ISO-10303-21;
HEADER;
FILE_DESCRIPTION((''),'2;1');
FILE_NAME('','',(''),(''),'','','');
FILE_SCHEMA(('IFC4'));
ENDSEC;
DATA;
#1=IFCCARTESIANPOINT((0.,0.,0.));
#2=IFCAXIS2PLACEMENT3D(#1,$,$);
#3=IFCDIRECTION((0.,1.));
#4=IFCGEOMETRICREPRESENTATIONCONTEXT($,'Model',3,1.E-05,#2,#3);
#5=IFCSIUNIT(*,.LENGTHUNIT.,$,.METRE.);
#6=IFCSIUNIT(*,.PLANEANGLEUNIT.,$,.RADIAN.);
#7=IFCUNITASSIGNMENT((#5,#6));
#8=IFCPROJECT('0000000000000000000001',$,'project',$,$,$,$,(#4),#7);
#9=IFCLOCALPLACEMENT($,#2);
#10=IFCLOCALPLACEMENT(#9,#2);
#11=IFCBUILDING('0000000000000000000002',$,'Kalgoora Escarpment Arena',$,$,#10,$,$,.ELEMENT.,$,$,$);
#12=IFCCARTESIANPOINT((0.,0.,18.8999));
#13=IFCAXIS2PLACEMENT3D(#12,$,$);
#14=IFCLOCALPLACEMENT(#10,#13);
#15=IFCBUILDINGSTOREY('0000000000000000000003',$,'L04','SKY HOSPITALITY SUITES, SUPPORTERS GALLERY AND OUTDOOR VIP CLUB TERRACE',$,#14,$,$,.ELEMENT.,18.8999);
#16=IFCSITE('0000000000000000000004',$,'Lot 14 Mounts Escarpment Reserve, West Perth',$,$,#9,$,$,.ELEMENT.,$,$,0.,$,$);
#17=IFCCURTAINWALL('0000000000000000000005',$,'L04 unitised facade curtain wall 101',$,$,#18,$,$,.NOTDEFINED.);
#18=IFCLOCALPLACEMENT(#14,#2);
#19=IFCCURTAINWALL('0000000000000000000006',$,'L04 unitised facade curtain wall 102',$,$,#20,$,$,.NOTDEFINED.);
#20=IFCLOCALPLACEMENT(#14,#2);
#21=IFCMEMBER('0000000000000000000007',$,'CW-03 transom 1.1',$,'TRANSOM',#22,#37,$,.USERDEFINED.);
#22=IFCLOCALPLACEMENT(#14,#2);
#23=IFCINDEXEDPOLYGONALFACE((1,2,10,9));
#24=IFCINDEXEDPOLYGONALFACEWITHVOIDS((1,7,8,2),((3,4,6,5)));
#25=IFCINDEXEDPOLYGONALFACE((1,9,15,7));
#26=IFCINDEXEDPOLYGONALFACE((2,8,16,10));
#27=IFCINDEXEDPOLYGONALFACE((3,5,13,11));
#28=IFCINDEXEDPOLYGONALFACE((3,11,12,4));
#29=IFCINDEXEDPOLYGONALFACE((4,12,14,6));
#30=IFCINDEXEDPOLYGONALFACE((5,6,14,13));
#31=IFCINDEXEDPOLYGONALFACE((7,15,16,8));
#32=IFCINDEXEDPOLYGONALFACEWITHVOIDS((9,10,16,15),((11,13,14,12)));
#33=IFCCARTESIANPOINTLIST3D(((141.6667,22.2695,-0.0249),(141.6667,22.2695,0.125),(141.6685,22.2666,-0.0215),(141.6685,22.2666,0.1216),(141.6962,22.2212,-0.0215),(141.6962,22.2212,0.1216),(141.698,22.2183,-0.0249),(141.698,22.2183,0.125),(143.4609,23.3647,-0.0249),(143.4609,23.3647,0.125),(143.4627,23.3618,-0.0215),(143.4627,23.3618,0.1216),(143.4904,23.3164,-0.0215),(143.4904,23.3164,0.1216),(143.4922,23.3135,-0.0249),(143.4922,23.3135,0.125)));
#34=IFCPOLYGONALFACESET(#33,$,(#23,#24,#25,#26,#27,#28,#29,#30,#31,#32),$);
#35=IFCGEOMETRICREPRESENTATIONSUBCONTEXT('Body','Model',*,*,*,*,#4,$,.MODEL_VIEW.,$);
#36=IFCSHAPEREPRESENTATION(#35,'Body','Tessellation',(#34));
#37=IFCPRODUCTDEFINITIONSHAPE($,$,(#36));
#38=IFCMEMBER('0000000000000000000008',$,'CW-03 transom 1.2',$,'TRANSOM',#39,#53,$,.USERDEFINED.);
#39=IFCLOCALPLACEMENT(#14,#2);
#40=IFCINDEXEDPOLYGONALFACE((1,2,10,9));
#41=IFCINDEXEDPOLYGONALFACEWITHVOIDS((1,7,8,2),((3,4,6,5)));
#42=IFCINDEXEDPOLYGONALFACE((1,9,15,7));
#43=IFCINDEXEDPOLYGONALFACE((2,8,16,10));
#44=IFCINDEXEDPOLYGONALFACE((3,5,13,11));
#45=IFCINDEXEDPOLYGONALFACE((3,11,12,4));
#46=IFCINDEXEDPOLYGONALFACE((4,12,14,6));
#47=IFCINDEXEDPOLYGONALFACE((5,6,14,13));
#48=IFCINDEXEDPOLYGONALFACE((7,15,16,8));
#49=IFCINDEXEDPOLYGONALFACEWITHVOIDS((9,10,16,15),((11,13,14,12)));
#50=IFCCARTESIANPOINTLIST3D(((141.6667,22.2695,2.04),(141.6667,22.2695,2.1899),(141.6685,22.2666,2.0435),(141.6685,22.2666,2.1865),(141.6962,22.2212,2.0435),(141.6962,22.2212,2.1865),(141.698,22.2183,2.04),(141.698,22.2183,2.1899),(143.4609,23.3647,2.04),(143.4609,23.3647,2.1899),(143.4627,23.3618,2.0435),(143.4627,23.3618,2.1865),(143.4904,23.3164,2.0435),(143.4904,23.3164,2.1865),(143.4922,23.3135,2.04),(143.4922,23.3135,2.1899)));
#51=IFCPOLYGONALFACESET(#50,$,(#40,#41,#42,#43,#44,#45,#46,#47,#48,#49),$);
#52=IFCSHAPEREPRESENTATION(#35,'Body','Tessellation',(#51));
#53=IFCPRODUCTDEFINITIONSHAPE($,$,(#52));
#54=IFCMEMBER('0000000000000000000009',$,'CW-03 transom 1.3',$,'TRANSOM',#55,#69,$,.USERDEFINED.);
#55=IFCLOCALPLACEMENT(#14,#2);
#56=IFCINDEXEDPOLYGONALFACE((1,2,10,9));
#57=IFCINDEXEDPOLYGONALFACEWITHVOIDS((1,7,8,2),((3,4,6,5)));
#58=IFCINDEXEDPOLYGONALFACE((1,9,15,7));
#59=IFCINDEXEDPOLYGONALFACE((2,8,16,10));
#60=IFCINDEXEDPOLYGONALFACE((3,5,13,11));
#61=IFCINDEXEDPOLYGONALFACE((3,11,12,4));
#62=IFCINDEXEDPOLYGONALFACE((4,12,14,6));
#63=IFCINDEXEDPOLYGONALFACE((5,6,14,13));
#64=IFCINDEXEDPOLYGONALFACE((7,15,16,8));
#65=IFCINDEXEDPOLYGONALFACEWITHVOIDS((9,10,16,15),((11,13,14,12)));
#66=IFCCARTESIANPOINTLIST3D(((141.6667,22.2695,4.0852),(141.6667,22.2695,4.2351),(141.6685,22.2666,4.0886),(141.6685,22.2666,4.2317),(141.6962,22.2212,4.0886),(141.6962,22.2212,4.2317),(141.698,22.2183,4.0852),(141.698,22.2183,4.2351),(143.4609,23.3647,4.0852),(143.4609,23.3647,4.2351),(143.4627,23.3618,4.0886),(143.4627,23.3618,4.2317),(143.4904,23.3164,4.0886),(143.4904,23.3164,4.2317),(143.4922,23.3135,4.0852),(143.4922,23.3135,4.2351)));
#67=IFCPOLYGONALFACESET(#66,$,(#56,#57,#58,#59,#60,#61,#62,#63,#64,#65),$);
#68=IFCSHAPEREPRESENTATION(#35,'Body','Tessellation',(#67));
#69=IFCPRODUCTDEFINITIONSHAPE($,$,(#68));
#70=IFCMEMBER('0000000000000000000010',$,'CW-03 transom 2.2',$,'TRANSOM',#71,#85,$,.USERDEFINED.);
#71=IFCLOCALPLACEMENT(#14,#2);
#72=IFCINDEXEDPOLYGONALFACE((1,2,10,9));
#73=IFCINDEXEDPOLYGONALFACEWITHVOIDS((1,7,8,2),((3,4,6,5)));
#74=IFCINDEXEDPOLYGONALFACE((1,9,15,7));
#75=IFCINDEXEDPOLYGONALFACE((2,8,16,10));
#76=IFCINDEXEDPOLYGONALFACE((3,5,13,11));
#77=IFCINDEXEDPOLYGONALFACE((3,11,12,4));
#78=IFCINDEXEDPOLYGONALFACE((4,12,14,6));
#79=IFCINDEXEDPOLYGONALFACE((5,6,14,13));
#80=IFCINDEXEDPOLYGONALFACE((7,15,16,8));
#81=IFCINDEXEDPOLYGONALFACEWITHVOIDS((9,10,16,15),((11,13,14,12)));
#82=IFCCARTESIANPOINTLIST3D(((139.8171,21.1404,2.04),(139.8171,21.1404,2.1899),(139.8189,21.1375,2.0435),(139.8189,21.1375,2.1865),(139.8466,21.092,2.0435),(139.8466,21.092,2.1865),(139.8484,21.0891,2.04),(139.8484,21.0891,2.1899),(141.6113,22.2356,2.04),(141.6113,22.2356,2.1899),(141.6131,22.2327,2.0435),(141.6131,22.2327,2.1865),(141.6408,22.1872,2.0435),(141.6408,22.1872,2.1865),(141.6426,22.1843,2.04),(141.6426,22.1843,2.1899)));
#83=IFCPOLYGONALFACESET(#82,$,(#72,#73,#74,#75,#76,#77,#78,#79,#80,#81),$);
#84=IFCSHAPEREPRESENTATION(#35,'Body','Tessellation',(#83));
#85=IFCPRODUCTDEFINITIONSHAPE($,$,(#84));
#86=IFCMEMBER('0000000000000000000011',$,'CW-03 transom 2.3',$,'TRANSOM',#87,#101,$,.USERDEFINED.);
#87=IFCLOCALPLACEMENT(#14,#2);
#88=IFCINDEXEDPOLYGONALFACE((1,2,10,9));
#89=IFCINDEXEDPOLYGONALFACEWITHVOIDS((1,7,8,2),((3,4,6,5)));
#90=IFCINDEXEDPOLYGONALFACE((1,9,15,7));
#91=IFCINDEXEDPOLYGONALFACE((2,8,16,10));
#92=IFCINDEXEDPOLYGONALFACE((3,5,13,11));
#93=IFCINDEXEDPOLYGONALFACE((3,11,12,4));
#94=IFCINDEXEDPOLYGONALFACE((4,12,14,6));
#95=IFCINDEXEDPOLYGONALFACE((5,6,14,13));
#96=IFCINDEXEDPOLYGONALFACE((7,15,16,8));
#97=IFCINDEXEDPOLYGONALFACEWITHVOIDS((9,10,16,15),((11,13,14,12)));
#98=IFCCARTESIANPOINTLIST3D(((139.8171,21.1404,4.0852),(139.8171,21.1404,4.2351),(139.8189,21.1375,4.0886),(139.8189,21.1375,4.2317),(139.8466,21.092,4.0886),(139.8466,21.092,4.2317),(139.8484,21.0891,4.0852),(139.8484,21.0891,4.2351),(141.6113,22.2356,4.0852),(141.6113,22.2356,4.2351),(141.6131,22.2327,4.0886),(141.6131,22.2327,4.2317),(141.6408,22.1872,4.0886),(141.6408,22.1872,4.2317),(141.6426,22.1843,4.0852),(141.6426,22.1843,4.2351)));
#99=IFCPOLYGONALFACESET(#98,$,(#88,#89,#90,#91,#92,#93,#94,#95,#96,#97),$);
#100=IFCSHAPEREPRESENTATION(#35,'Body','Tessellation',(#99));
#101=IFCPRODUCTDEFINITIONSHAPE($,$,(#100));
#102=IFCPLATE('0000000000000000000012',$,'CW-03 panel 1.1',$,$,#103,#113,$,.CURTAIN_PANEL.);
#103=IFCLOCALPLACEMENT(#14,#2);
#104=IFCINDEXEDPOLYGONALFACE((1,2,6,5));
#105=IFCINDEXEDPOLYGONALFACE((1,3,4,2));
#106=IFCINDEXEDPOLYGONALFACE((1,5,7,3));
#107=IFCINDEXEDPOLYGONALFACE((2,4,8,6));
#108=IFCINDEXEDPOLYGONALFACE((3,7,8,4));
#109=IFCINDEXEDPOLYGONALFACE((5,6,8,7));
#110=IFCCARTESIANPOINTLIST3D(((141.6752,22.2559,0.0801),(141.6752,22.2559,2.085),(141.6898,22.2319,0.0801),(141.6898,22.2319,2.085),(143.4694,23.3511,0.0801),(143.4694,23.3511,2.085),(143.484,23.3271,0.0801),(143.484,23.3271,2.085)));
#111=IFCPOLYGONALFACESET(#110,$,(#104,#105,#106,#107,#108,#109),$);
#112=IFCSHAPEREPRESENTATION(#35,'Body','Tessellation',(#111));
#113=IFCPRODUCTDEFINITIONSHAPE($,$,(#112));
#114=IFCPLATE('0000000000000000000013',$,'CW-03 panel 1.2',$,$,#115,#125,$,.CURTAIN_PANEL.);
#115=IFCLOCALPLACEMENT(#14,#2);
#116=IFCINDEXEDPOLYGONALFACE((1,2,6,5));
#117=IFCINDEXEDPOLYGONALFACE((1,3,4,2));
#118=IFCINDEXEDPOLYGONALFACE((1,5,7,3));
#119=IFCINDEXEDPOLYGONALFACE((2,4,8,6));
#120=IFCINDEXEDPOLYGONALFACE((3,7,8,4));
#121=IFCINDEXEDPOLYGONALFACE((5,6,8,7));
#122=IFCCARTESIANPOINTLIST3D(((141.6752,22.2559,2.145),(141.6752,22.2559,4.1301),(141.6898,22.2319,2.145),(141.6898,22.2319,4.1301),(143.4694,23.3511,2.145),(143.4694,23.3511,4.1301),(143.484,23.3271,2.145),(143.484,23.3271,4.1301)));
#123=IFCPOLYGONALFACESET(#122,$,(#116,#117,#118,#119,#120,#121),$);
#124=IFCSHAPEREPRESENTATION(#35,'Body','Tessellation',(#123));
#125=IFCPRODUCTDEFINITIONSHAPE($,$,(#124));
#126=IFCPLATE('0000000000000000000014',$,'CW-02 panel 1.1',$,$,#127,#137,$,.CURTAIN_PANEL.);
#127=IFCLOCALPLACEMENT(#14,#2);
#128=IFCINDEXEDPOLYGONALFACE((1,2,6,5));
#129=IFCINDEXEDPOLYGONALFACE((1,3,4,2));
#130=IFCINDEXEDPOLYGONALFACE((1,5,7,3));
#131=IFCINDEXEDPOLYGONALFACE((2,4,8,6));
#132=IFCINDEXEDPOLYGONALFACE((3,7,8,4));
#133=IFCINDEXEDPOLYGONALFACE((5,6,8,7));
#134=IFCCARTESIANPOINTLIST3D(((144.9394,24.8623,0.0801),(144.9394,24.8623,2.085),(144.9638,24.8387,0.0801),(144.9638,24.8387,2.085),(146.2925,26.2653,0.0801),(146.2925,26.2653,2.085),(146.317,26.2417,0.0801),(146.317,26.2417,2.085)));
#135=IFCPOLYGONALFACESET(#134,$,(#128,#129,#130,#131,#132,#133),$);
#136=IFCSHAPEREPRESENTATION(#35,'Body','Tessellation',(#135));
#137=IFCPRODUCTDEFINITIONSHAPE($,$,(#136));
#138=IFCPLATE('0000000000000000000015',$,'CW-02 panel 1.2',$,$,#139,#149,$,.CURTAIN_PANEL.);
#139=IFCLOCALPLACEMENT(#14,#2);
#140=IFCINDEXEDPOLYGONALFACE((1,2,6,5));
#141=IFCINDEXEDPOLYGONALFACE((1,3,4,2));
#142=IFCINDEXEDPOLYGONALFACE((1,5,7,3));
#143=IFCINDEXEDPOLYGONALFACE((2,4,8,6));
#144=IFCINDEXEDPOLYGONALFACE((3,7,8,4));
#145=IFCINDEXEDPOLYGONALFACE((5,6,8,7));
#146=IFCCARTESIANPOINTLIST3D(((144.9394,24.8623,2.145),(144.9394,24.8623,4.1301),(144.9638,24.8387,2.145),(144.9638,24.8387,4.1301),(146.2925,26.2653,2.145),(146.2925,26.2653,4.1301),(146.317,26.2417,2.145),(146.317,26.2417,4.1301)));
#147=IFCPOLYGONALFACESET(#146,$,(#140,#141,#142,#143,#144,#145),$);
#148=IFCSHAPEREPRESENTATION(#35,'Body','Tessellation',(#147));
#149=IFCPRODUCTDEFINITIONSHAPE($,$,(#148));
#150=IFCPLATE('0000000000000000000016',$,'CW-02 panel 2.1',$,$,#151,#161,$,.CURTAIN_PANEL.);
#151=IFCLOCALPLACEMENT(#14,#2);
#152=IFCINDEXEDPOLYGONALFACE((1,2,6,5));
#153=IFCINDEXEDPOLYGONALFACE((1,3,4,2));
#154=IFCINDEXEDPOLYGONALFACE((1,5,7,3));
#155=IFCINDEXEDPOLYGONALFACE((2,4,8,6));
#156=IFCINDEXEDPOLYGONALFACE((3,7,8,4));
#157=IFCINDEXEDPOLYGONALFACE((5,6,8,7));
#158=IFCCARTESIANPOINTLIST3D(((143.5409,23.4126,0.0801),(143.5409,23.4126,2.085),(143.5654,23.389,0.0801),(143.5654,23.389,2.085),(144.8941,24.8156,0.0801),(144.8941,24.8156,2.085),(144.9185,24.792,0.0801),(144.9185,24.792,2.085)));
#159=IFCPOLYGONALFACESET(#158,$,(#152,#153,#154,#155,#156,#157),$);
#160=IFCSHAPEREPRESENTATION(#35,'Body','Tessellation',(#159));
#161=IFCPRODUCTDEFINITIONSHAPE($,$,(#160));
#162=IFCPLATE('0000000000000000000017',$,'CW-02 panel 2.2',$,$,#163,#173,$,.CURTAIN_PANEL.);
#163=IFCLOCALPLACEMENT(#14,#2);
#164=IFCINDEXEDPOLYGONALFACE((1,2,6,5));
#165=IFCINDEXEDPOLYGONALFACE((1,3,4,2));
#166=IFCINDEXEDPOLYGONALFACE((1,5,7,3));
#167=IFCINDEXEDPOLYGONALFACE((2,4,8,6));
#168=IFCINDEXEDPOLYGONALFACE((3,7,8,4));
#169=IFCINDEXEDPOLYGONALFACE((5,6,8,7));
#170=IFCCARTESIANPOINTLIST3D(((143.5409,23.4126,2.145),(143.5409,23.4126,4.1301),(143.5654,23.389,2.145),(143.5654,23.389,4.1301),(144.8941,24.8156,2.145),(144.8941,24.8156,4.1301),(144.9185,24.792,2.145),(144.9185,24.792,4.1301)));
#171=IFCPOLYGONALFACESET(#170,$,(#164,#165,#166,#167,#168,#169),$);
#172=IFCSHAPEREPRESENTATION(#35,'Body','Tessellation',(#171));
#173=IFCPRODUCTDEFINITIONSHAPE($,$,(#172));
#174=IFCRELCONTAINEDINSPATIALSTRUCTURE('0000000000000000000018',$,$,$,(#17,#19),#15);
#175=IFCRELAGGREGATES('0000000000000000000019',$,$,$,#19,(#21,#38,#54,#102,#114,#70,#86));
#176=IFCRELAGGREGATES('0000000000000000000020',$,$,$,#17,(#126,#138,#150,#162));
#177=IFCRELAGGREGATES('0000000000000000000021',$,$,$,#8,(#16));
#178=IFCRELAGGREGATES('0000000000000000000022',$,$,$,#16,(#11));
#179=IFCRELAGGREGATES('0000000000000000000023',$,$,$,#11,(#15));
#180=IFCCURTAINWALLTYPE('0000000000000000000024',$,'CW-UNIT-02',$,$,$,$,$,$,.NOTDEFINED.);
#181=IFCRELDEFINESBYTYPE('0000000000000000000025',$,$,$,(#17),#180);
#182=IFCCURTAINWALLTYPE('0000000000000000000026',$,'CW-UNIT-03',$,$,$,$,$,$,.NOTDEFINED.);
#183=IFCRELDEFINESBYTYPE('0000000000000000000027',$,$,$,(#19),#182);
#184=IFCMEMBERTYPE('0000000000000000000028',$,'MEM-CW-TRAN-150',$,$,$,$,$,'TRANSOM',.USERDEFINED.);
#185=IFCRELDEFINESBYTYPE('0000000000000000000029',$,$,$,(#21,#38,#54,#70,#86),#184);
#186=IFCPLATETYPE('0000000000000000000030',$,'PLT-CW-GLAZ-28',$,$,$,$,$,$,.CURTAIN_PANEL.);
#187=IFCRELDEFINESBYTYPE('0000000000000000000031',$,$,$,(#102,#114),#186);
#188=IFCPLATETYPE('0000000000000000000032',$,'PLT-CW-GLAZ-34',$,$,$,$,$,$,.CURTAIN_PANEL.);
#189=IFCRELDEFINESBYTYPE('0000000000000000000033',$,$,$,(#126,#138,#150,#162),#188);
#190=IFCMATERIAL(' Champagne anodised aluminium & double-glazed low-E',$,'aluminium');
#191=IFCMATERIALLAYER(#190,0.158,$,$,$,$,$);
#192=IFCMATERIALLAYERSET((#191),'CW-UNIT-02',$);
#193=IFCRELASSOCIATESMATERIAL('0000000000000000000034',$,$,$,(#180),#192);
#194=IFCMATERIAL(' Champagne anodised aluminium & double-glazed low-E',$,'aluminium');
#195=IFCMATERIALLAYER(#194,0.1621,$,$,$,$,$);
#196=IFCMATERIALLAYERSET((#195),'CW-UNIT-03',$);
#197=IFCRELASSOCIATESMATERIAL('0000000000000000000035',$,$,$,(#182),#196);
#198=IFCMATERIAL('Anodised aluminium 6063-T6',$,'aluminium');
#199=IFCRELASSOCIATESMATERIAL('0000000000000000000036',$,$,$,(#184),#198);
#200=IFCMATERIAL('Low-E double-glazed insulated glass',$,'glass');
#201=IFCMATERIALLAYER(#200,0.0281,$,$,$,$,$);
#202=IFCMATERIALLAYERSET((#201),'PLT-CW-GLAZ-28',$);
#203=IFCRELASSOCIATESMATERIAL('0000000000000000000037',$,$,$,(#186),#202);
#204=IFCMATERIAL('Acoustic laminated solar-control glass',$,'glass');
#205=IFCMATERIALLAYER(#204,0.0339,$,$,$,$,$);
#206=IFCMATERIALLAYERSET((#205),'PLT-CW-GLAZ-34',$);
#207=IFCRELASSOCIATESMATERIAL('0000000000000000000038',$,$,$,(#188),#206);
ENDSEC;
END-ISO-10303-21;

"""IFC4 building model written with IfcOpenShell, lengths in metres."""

from ifc_helpers import new_model, si_unit, direction, frame, origin, origin_2d, place, context, subcontext, project, spatial, rectangle, hollow_rectangle, extrude, material, layer, layer_set, material_profile, profile_set, type_object, element, aggregate, save


model = new_model("IFC4")

# Units and contexts
model_context = context("Model", 3, precision=1e-05, world=origin(), true_north=direction((0.0, 1.0)))
body_context = subcontext(model_context, "Body", "Model", "MODEL_VIEW")
ifc_project = project(units=[si_unit("LENGTHUNIT", "METRE"), si_unit("PLANEANGLEUNIT", "RADIAN")], contexts=[model_context])

# Site, building, storey
site_placement = place(None, origin())
site = spatial("IfcSite", under=ifc_project, at=site_placement, Name="Lot 14 Mounts Escarpment Reserve, West Perth", CompositionType="ELEMENT", RefElevation=0.0)
building_placement = place(site_placement, origin())
building = spatial("IfcBuilding", under=site, at=building_placement, Name="Kalgoora Escarpment Arena", CompositionType="ELEMENT")
storey_placement = place(building_placement, frame((0.0, 0.0, 18.8999)))
storey = spatial("IfcBuildingStorey", under=building, at=storey_placement, Name="L04", Description="SKY HOSPITALITY SUITES, SUPPORTERS GALLERY AND OUTDOOR VIP CLUB TERRACE", CompositionType="ELEMENT", Elevation=18.8999)

# Curtain walls
ifc_material_1 = material(Name=" Champagne anodised aluminium & double-glazed low-E", Category="aluminium")
ifc_layer_1 = layer(ifc_material_1, 0.158)
ifc_layer_set_1 = layer_set([ifc_layer_1], Name="CW-UNIT-02")
curtain_wall_type_1 = type_object("IfcCurtainWallType", Name="CW-UNIT-02", PredefinedType="NOTDEFINED", material=ifc_layer_set_1)
curtain_wall_1_placement = place(storey_placement, origin())
curtain_wall_1 = element("IfcCurtainWall", 1, at=curtain_wall_1_placement, inside=storey, type_object=curtain_wall_type_1, Name="L04 unitised facade curtain wall 101", PredefinedType="NOTDEFINED")
ifc_material_2 = material(Name=" Champagne anodised aluminium & double-glazed low-E", Category="aluminium")
ifc_layer_2 = layer(ifc_material_2, 0.1621)
ifc_layer_set_2 = layer_set([ifc_layer_2], Name="CW-UNIT-03")
curtain_wall_type_2 = type_object("IfcCurtainWallType", Name="CW-UNIT-03", PredefinedType="NOTDEFINED", material=ifc_layer_set_2)
curtain_wall_2_placement = place(storey_placement, origin())
curtain_wall_2 = element("IfcCurtainWall", 2, at=curtain_wall_2_placement, inside=storey, type_object=curtain_wall_type_2, Name="L04 unitised facade curtain wall 102", PredefinedType="NOTDEFINED")

# Members
ifc_material_3 = material(Name="Anodised aluminium 6063-T6", Category="aluminium")
ifc_material_profile_1 = material_profile(ifc_material_3, hollow_rectangle(XDim=0.0601, YDim=0.1499, WallThickness=0.0034, at=origin_2d()))
ifc_profile_set_1 = profile_set([ifc_material_profile_1], Name="Anodised aluminium 6063-T6")
member_type_1 = type_object("IfcMemberType", Name="MEM-CW-TRAN-150", ElementType="TRANSOM", PredefinedType="USERDEFINED", material=ifc_profile_set_1)
member_1_placement = place(storey_placement, frame((143.4766, 23.3391, 0.05), z_axis=(-0.853543, -0.521022, 0.0), x_axis=(0.521022, -0.853543, 0.0)))
member_1 = element("IfcMember", 3, at=member_1_placement, type_object=member_type_1, Name="CW-03 transom 1.1", ObjectType="TRANSOM", PredefinedType="USERDEFINED", context=body_context, shape_type="SweptSolid", body=[
    extrude(hollow_rectangle(XDim=0.0601, YDim=0.1499, WallThickness=0.0034, at=origin_2d()), origin(), (0.0, 0.0, 1.0), 2.1021),
])
member_2_placement = place(storey_placement, frame((143.4766, 23.3391, 2.115), z_axis=(-0.853543, -0.521022, 0.0), x_axis=(0.521022, -0.853543, 0.0)))
member_2 = element("IfcMember", 4, at=member_2_placement, type_object=member_type_1, Name="CW-03 transom 1.2", ObjectType="TRANSOM", PredefinedType="USERDEFINED", context=body_context, shape_type="SweptSolid", body=[
    extrude(hollow_rectangle(XDim=0.0601, YDim=0.1499, WallThickness=0.0034, at=origin_2d()), origin(), (0.0, 0.0, 1.0), 2.1021),
])
member_3_placement = place(storey_placement, frame((143.4766, 23.3391, 4.1602), z_axis=(-0.853543, -0.521022, 0.0), x_axis=(0.521022, -0.853543, 0.0)))
member_3 = element("IfcMember", 5, at=member_3_placement, type_object=member_type_1, Name="CW-03 transom 1.3", ObjectType="TRANSOM", PredefinedType="USERDEFINED", context=body_context, shape_type="SweptSolid", body=[
    extrude(hollow_rectangle(XDim=0.0601, YDim=0.1499, WallThickness=0.0034, at=origin_2d()), origin(), (0.0, 0.0, 1.0), 2.1021),
])
member_4_placement = place(storey_placement, frame((141.627, 22.21, 2.115), z_axis=(-0.853543, -0.521022, 0.0), x_axis=(0.521022, -0.853543, 0.0)))
member_4 = element("IfcMember", 6, at=member_4_placement, type_object=member_type_1, Name="CW-03 transom 2.2", ObjectType="TRANSOM", PredefinedType="USERDEFINED", context=body_context, shape_type="SweptSolid", body=[
    extrude(hollow_rectangle(XDim=0.0601, YDim=0.1499, WallThickness=0.0034, at=origin_2d()), origin(), (0.0, 0.0, 1.0), 2.1021),
])
member_5_placement = place(storey_placement, frame((141.627, 22.21, 4.1602), z_axis=(-0.853543, -0.521022, 0.0), x_axis=(0.521022, -0.853543, 0.0)))
member_5 = element("IfcMember", 7, at=member_5_placement, type_object=member_type_1, Name="CW-03 transom 2.3", ObjectType="TRANSOM", PredefinedType="USERDEFINED", context=body_context, shape_type="SweptSolid", body=[
    extrude(hollow_rectangle(XDim=0.0601, YDim=0.1499, WallThickness=0.0034, at=origin_2d()), origin(), (0.0, 0.0, 1.0), 2.1021),
])

# Plates
ifc_material_4 = material(Name="Low-E double-glazed insulated glass", Category="glass")
ifc_layer_3 = layer(ifc_material_4, 0.0281)
ifc_layer_set_3 = layer_set([ifc_layer_3], Name="PLT-CW-GLAZ-28")
plate_type_1 = type_object("IfcPlateType", Name="PLT-CW-GLAZ-28", PredefinedType="CURTAIN_PANEL", material=ifc_layer_set_3)
plate_1_placement = place(storey_placement, frame((142.5796, 22.7915, 0.0801), z_axis=(0.0, 0.0, 1.0), x_axis=(-0.853532, -0.52104, 0.0)))
plate_1 = element("IfcPlate", 8, at=plate_1_placement, type_object=plate_type_1, Name="CW-03 panel 1.1", PredefinedType="CURTAIN_PANEL", context=body_context, shape_type="SweptSolid", body=[
    extrude(rectangle(XDim=2.1021, YDim=0.0281, at=origin_2d()), origin(), (0.0, 0.0, 1.0), 2.0049),
])
plate_2_placement = place(storey_placement, frame((142.5796, 22.7915, 2.145), z_axis=(0.0, 0.0, 1.0), x_axis=(-0.853532, -0.52104, 0.0)))
plate_2 = element("IfcPlate", 9, at=plate_2_placement, type_object=plate_type_1, Name="CW-03 panel 1.2", PredefinedType="CURTAIN_PANEL", context=body_context, shape_type="SweptSolid", body=[
    extrude(rectangle(XDim=2.1021, YDim=0.0281, at=origin_2d()), origin(), (0.0, 0.0, 1.0), 1.9851),
])
aggregate(curtain_wall_2, [member_1, member_2, member_3, plate_1, plate_2, member_4, member_5])
ifc_material_5 = material(Name="Acoustic laminated solar-control glass", Category="glass")
ifc_layer_4 = layer(ifc_material_5, 0.0339)
ifc_layer_set_4 = layer_set([ifc_layer_4], Name="PLT-CW-GLAZ-34")
plate_type_2 = type_object("IfcPlateType", Name="PLT-CW-GLAZ-34", PredefinedType="CURTAIN_PANEL", material=ifc_layer_set_4)
plate_3_placement = place(storey_placement, frame((145.6282, 25.552, 0.0801), z_axis=(0.0, 0.0, 1.0), x_axis=(-0.694202, -0.71978, 0.0)))
plate_3 = element("IfcPlate", 10, at=plate_3_placement, type_object=plate_type_2, Name="CW-02 panel 1.1", PredefinedType="CURTAIN_PANEL", context=body_context, shape_type="SweptSolid", body=[
    extrude(rectangle(XDim=1.9492, YDim=0.0339, at=origin_2d()), origin(), (0.0, 0.0, 1.0), 2.0049),
])
plate_4_placement = place(storey_placement, frame((145.6282, 25.552, 2.145), z_axis=(0.0, 0.0, 1.0), x_axis=(-0.694202, -0.71978, 0.0)))
plate_4 = element("IfcPlate", 11, at=plate_4_placement, type_object=plate_type_2, Name="CW-02 panel 1.2", PredefinedType="CURTAIN_PANEL", context=body_context, shape_type="SweptSolid", body=[
    extrude(rectangle(XDim=1.9492, YDim=0.0339, at=origin_2d()), origin(), (0.0, 0.0, 1.0), 1.9851),
])
plate_5_placement = place(storey_placement, frame((144.2297, 24.1023, 0.0801), z_axis=(0.0, 0.0, 1.0), x_axis=(-0.694202, -0.71978, 0.0)))
plate_5 = element("IfcPlate", 12, at=plate_5_placement, type_object=plate_type_2, Name="CW-02 panel 2.1", PredefinedType="CURTAIN_PANEL", context=body_context, shape_type="SweptSolid", body=[
    extrude(rectangle(XDim=1.9492, YDim=0.0339, at=origin_2d()), origin(), (0.0, 0.0, 1.0), 2.0049),
])
plate_6_placement = place(storey_placement, frame((144.2297, 24.1023, 2.145), z_axis=(0.0, 0.0, 1.0), x_axis=(-0.694202, -0.71978, 0.0)))
plate_6 = element("IfcPlate", 13, at=plate_6_placement, type_object=plate_type_2, Name="CW-02 panel 2.2", PredefinedType="CURTAIN_PANEL", context=body_context, shape_type="SweptSolid", body=[
    extrude(rectangle(XDim=1.9492, YDim=0.0339, at=origin_2d()), origin(), (0.0, 0.0, 1.0), 1.9851),
])
aggregate(curtain_wall_1, [plate_3, plate_4, plate_5, plate_6])

save(model, "model.ifc")
